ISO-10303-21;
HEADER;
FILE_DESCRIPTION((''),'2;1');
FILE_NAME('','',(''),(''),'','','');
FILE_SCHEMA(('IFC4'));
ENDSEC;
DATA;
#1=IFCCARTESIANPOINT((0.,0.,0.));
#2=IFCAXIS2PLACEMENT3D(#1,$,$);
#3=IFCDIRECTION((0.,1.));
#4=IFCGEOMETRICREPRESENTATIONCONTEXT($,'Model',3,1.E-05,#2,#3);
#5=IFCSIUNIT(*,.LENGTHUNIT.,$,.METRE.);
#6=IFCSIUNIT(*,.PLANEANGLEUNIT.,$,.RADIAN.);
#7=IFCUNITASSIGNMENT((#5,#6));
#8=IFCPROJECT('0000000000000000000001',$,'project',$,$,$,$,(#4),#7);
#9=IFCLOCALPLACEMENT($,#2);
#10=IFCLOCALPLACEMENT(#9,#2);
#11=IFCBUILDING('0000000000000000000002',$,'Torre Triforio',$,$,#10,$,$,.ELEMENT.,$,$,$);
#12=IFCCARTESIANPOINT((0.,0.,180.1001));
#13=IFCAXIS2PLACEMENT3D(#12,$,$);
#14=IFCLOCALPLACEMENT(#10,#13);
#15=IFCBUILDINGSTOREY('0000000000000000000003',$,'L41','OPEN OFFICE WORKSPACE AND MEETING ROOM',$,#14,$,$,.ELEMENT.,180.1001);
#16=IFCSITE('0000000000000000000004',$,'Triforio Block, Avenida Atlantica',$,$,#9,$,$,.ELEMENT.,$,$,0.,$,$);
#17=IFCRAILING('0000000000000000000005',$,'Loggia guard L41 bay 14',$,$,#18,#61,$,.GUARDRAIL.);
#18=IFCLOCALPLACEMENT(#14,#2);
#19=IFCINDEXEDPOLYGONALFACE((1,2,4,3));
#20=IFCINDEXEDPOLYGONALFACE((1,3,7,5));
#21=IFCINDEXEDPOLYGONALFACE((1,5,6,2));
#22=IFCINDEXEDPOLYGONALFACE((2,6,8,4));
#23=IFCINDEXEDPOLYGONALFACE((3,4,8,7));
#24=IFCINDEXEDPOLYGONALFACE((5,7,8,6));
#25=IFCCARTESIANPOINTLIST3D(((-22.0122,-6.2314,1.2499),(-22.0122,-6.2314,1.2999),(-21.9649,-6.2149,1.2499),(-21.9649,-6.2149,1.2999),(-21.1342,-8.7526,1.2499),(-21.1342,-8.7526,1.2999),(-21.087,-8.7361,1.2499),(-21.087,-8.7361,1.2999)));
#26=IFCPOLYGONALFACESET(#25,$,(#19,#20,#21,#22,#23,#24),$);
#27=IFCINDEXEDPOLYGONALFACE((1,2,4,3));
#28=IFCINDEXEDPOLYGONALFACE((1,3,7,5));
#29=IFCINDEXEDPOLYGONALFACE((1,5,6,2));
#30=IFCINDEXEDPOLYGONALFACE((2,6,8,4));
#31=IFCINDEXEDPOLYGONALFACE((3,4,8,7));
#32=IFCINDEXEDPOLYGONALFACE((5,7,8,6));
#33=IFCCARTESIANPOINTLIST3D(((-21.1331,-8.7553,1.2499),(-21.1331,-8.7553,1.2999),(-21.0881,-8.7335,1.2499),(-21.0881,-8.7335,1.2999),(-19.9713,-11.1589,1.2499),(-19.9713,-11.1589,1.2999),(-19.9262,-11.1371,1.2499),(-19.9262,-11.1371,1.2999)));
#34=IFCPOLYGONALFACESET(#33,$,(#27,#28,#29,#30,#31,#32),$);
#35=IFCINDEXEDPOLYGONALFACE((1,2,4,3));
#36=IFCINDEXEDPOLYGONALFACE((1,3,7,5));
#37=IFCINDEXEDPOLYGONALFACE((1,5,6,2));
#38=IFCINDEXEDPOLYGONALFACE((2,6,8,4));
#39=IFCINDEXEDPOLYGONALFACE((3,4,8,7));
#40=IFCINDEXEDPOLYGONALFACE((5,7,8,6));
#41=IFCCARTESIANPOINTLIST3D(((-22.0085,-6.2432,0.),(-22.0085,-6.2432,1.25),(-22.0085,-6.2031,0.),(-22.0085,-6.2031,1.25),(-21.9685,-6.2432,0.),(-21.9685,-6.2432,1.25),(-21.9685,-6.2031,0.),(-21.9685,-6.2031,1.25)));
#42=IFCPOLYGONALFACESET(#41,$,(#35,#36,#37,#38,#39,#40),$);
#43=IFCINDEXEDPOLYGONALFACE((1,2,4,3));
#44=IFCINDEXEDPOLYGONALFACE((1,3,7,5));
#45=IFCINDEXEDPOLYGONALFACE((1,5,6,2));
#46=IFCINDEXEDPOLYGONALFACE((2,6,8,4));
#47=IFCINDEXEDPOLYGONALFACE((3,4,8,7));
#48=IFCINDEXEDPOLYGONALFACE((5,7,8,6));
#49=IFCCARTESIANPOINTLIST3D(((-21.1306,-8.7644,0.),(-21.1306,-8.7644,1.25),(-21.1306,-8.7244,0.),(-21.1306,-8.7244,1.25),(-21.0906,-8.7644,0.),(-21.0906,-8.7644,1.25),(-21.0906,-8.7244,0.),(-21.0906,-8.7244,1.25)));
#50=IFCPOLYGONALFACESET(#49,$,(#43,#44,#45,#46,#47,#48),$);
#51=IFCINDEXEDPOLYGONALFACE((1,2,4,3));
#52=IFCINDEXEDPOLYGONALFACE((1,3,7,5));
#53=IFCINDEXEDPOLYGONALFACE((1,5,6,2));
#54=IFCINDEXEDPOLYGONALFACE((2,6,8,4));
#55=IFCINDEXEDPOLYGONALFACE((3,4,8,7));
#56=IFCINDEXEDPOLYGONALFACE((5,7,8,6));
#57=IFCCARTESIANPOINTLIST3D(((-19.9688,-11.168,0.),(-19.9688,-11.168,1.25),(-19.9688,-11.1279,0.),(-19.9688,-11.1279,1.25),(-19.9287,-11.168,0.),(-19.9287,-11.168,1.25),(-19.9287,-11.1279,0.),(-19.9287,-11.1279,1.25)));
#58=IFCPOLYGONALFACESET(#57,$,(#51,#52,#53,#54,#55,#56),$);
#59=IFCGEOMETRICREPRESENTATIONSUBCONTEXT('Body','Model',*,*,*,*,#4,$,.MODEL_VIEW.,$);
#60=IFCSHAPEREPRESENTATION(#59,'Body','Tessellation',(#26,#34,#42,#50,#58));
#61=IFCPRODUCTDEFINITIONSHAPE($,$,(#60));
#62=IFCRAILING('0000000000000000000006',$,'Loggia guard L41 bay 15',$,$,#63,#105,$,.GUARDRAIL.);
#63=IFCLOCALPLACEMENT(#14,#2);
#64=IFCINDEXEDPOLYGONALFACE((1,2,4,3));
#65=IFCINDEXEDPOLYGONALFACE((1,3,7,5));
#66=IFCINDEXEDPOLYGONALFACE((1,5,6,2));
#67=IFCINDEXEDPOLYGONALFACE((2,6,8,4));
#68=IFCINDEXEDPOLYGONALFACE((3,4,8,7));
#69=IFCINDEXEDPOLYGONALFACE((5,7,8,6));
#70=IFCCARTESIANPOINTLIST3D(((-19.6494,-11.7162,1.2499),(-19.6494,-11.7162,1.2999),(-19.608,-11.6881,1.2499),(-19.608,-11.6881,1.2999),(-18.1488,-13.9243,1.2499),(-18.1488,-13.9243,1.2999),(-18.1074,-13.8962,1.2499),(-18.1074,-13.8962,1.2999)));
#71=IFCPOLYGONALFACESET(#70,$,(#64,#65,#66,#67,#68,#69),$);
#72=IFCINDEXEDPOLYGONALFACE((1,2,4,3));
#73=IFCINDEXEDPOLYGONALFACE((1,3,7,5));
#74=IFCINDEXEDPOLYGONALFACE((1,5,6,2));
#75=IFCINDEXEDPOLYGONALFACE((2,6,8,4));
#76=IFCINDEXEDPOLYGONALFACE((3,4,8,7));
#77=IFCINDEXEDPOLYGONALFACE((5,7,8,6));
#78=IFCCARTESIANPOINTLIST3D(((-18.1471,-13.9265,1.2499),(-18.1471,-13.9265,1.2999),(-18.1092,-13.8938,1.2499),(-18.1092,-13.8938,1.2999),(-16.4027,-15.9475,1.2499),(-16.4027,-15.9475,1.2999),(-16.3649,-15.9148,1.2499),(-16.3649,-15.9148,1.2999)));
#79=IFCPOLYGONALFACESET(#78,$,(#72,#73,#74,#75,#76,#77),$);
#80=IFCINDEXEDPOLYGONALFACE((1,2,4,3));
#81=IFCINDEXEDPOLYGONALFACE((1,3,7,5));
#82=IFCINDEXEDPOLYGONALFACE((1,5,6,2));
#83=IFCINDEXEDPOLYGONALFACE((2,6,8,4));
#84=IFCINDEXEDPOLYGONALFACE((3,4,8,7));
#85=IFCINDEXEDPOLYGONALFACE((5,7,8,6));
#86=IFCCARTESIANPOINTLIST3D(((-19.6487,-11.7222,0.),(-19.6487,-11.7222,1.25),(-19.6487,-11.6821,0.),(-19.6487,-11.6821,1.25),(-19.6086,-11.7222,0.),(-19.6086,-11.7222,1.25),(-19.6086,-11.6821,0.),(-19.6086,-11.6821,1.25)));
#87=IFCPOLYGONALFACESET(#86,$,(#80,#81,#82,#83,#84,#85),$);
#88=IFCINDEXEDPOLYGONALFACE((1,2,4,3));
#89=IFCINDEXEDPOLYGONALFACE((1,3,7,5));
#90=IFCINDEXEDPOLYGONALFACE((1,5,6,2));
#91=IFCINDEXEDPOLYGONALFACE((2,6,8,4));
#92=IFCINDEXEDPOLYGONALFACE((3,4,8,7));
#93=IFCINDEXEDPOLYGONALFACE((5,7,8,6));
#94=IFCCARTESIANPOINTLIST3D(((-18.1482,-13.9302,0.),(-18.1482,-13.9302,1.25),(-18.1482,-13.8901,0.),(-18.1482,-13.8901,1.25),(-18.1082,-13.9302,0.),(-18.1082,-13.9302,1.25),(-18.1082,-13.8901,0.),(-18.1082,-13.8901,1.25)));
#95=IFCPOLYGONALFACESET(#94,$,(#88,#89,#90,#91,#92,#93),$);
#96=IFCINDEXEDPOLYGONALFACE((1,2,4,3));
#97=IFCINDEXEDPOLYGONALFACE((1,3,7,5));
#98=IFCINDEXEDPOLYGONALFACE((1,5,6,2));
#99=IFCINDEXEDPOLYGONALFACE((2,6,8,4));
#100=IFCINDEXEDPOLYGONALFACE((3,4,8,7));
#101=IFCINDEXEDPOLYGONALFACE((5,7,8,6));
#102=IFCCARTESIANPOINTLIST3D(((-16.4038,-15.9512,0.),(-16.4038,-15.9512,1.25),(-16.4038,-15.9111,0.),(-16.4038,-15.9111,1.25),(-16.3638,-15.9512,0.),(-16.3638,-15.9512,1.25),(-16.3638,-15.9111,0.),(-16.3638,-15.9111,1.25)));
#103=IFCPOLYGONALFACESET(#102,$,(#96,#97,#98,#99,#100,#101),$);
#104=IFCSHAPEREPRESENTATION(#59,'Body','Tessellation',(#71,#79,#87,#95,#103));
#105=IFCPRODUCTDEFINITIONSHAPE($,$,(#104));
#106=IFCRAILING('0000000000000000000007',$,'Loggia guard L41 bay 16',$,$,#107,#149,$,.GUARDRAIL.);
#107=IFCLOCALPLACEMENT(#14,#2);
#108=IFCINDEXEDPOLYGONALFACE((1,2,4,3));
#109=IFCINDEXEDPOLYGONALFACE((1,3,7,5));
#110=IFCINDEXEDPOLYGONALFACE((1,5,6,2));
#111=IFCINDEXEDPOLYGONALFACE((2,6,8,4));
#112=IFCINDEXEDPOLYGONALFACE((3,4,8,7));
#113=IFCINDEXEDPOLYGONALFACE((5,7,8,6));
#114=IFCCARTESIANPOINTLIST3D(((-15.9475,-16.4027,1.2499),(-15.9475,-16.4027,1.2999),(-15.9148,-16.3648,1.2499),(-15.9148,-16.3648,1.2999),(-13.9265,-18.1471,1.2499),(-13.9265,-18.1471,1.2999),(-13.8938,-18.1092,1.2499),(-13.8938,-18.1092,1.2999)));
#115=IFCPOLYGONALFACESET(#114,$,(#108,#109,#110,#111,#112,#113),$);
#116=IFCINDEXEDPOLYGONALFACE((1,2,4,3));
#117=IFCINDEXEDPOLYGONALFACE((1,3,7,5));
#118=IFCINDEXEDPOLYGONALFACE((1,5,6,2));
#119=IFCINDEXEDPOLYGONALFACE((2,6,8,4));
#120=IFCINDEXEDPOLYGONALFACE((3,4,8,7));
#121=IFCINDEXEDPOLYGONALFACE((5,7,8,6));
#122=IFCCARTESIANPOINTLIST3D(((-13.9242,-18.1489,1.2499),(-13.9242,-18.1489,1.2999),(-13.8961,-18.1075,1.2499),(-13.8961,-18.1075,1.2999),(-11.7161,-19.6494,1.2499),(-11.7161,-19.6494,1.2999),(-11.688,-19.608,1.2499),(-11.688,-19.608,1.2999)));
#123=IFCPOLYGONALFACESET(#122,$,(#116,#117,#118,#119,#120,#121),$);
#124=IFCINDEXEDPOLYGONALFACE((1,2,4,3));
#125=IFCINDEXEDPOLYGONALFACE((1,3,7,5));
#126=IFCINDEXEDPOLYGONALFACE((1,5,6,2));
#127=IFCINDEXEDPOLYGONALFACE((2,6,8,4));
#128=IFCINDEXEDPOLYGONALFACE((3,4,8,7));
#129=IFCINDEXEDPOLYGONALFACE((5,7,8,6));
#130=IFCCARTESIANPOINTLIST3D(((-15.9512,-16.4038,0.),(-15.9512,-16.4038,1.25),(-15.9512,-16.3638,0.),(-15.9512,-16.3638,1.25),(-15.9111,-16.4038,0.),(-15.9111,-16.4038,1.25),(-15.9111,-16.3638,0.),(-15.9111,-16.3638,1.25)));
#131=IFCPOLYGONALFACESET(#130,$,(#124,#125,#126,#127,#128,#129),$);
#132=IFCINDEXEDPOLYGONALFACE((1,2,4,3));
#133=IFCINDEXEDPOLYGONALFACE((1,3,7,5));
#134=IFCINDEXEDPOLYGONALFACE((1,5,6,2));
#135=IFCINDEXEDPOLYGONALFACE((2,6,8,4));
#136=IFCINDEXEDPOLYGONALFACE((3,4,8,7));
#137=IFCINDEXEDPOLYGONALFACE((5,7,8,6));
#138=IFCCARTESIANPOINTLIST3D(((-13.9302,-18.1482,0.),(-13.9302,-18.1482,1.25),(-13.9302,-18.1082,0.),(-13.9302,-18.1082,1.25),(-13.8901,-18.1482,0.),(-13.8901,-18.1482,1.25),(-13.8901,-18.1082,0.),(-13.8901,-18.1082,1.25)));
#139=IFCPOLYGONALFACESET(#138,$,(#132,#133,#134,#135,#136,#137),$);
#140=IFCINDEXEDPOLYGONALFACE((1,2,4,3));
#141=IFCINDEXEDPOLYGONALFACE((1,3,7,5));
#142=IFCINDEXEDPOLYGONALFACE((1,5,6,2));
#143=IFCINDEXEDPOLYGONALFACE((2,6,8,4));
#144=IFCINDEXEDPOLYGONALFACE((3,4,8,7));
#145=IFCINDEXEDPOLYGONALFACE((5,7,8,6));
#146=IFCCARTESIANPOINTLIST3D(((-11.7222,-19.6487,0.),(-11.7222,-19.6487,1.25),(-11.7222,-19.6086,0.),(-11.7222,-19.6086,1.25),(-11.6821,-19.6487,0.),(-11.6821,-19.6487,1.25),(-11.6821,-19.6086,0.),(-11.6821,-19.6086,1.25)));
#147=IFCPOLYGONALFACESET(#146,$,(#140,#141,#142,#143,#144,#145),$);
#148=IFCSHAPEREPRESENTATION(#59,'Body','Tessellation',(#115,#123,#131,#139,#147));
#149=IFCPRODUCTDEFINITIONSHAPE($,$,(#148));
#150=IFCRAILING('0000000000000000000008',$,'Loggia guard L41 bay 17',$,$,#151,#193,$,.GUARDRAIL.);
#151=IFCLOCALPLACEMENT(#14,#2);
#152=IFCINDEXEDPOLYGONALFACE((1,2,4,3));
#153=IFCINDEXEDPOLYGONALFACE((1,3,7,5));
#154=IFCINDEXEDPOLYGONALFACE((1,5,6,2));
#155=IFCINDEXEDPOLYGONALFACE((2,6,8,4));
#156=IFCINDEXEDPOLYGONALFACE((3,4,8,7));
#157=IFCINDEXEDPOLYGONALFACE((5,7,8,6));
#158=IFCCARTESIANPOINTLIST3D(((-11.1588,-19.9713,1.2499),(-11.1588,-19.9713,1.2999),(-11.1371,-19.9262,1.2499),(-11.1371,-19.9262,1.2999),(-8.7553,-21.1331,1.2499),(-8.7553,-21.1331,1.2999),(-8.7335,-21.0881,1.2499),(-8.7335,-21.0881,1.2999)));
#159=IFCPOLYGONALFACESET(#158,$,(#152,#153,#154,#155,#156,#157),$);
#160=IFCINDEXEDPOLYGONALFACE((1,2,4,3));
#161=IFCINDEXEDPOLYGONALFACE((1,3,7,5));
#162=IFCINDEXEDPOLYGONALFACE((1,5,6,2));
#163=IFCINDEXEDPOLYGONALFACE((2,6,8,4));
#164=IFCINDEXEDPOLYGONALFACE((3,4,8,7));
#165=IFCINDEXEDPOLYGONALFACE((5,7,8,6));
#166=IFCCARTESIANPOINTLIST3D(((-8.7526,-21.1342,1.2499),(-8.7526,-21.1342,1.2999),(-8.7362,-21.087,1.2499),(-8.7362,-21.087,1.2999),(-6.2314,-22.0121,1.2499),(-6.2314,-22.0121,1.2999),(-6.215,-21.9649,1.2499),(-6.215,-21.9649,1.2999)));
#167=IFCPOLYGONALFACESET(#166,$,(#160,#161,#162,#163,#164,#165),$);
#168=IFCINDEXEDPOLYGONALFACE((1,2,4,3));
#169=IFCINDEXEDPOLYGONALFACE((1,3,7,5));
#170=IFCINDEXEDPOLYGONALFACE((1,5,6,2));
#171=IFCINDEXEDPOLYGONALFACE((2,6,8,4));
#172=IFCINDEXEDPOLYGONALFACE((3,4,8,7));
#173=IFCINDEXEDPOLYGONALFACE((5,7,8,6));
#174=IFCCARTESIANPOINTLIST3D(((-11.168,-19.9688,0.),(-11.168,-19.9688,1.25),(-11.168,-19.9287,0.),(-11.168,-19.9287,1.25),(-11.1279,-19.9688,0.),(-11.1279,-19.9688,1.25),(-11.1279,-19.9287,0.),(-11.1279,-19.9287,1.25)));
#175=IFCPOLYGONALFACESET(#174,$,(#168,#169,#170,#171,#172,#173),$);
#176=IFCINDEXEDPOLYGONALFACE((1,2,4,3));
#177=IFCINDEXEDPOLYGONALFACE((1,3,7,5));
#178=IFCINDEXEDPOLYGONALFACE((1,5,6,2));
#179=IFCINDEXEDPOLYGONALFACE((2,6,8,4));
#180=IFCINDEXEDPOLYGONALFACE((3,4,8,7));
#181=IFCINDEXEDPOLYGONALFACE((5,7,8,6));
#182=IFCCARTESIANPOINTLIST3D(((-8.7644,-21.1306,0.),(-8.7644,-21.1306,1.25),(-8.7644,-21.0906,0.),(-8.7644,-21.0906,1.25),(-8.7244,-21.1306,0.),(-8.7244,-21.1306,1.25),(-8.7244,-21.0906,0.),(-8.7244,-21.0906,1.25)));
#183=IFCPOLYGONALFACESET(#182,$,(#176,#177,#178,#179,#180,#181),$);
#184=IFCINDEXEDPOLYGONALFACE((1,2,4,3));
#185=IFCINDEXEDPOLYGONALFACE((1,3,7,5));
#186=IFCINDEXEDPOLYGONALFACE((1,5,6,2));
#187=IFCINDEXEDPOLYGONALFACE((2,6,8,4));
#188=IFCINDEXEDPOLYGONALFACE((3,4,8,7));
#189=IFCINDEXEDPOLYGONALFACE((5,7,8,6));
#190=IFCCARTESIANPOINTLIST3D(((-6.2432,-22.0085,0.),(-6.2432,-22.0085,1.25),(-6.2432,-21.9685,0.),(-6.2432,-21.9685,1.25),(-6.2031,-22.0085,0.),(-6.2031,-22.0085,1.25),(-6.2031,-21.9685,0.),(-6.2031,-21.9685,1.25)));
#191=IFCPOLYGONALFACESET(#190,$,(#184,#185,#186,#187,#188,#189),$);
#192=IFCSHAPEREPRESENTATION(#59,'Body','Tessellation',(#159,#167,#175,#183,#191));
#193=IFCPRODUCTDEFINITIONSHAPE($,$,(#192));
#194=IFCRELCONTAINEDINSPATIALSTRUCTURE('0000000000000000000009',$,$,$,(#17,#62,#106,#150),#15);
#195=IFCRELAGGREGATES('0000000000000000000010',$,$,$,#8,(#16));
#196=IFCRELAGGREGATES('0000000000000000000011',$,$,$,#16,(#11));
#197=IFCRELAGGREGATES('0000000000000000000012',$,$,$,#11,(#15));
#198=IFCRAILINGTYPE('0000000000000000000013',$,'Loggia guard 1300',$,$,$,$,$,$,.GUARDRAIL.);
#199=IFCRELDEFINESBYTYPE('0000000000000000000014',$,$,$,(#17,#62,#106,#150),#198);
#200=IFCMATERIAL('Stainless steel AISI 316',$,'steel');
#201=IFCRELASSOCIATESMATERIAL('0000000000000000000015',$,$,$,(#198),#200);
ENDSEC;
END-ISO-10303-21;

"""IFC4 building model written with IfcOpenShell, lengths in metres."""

from ifc_helpers import new_model, si_unit, direction, frame, origin, origin_2d, place, context, subcontext, project, spatial, rectangle, extrude, material, type_object, element, save


model = new_model("IFC4")

# Units and contexts
model_context = context("Model", 3, precision=1e-05, world=origin(), true_north=direction((0.0, 1.0)))
body_context = subcontext(model_context, "Body", "Model", "MODEL_VIEW")
ifc_project = project(units=[si_unit("LENGTHUNIT", "METRE"), si_unit("PLANEANGLEUNIT", "RADIAN")], contexts=[model_context])

# Site, building, storey
site_placement = place(None, origin())
site = spatial("IfcSite", under=ifc_project, at=site_placement, Name="Triforio Block, Avenida Atlantica", CompositionType="ELEMENT", RefElevation=0.0)
building_placement = place(site_placement, origin())
building = spatial("IfcBuilding", under=site, at=building_placement, Name="Torre Triforio", CompositionType="ELEMENT")
storey_placement = place(building_placement, frame((0.0, 0.0, 180.1001)))
storey = spatial("IfcBuildingStorey", under=building, at=storey_placement, Name="L41", Description="OPEN OFFICE WORKSPACE AND MEETING ROOM", CompositionType="ELEMENT", Elevation=180.1001)

# Railings
ifc_material_1 = material(Name="Stainless steel AISI 316", Category="steel")
railing_type = type_object("IfcRailingType", Name="Loggia guard 1300", PredefinedType="GUARDRAIL", material=ifc_material_1)
railing_1_placement = place(storey_placement, frame((-21.9885, -6.2231, 0.0)))
element("IfcRailing", 1, at=railing_1_placement, inside=storey, type_object=railing_type, Name="Loggia guard L41 bay 14", PredefinedType="GUARDRAIL", context=body_context, shape_type="SweptSolid", body=[
    extrude(rectangle(XDim=0.05, YDim=0.05, at=origin_2d()), frame((0.0, 0.0, 1.2749), z_axis=(0.328847, -0.944383, 0.0), x_axis=(0.944383, 0.328847, 0.0)), (0.0, 0.0, 1.0), 2.6697),
    extrude(rectangle(XDim=0.05, YDim=0.05, at=origin_2d()), frame((0.8779, -2.5212, 1.2749), z_axis=(0.435212, -0.900328, 0.0), x_axis=(0.900328, 0.435212, 0.0)), (0.0, 0.0, 1.0), 2.6697),
    extrude(rectangle(XDim=0.04, YDim=0.04, at=origin_2d()), origin(), (0.0, 0.0, 1.0), 1.25),
    extrude(rectangle(XDim=0.04, YDim=0.04, at=origin_2d()), frame((0.8779, -2.5212, 0.0)), (0.0, 0.0, 1.0), 1.25),
    extrude(rectangle(XDim=0.04, YDim=0.04, at=origin_2d()), frame((2.0398, -4.9248, 0.0)), (0.0, 0.0, 1.0), 1.25),
])
railing_2_placement = place(storey_placement, frame((-19.6287, -11.7021, 0.0)))
element("IfcRailing", 2, at=railing_2_placement, inside=storey, type_object=railing_type, Name="Loggia guard L41 bay 15", PredefinedType="GUARDRAIL", context=body_context, shape_type="SweptSolid", body=[
    extrude(rectangle(XDim=0.05, YDim=0.05, at=origin_2d()), frame((0.0, 0.0, 1.2749), z_axis=(0.562065, -0.827093, 0.0), x_axis=(0.827093, 0.562065, 0.0)), (0.0, 0.0, 1.0), 2.6697),
    extrude(rectangle(XDim=0.05, YDim=0.05, at=origin_2d()), frame((1.5005, -2.208, 1.2749), z_axis=(0.653401, -0.757012, 0.0), x_axis=(0.757012, 0.653401, 0.0)), (0.0, 0.0, 1.0), 2.6697),
    extrude(rectangle(XDim=0.04, YDim=0.04, at=origin_2d()), origin(), (0.0, 0.0, 1.0), 1.25),
    extrude(rectangle(XDim=0.04, YDim=0.04, at=origin_2d()), frame((1.5005, -2.208, 0.0)), (0.0, 0.0, 1.0), 1.25),
    extrude(rectangle(XDim=0.04, YDim=0.04, at=origin_2d()), frame((3.2449, -4.229, 0.0)), (0.0, 0.0, 1.0), 1.25),
])
railing_3_placement = place(storey_placement, frame((-15.9312, -16.3838, 0.0)))
element("IfcRailing", 3, at=railing_3_placement, inside=storey, type_object=railing_type, Name="Loggia guard L41 bay 16", PredefinedType="GUARDRAIL", context=body_context, shape_type="SweptSolid", body=[
    extrude(rectangle(XDim=0.05, YDim=0.05, at=origin_2d()), frame((0.0, 0.0, 1.2749), z_axis=(0.757012, -0.653401, 0.0), x_axis=(0.653401, 0.757012, 0.0)), (0.0, 0.0, 1.0), 2.6697),
    extrude(rectangle(XDim=0.05, YDim=0.05, at=origin_2d()), frame((2.021, -1.7444, 1.2749), z_axis=(0.827093, -0.562065, 0.0), x_axis=(0.562065, 0.827093, 0.0)), (0.0, 0.0, 1.0), 2.6697),
    extrude(rectangle(XDim=0.04, YDim=0.04, at=origin_2d()), origin(), (0.0, 0.0, 1.0), 1.25),
    extrude(rectangle(XDim=0.04, YDim=0.04, at=origin_2d()), frame((2.021, -1.7444, 0.0)), (0.0, 0.0, 1.0), 1.25),
    extrude(rectangle(XDim=0.04, YDim=0.04, at=origin_2d()), frame((4.229, -3.2449, 0.0)), (0.0, 0.0, 1.0), 1.25),
])
railing_4_placement = place(storey_placement, frame((-11.1479, -19.9487, 0.0)))
element("IfcRailing", 4, at=railing_4_placement, inside=storey, type_object=railing_type, Name="Loggia guard L41 bay 17", PredefinedType="GUARDRAIL", context=body_context, shape_type="SweptSolid", body=[
    extrude(rectangle(XDim=0.05, YDim=0.05, at=origin_2d()), frame((0.0, 0.0, 1.2749), z_axis=(0.900328, -0.435212, 0.0), x_axis=(0.435212, 0.900328, 0.0)), (0.0, 0.0, 1.0), 2.6697),
    extrude(rectangle(XDim=0.05, YDim=0.05, at=origin_2d()), frame((2.4036, -1.1619, 1.2749), z_axis=(0.944383, -0.328847, 0.0), x_axis=(0.328847, 0.944383, 0.0)), (0.0, 0.0, 1.0), 2.6697),
    extrude(rectangle(XDim=0.04, YDim=0.04, at=origin_2d()), origin(), (0.0, 0.0, 1.0), 1.25),
    extrude(rectangle(XDim=0.04, YDim=0.04, at=origin_2d()), frame((2.4036, -1.1619, 0.0)), (0.0, 0.0, 1.0), 1.25),
    extrude(rectangle(XDim=0.04, YDim=0.04, at=origin_2d()), frame((4.9248, -2.0398, 0.0)), (0.0, 0.0, 1.0), 1.25),
])

save(model, "model.ifc")
